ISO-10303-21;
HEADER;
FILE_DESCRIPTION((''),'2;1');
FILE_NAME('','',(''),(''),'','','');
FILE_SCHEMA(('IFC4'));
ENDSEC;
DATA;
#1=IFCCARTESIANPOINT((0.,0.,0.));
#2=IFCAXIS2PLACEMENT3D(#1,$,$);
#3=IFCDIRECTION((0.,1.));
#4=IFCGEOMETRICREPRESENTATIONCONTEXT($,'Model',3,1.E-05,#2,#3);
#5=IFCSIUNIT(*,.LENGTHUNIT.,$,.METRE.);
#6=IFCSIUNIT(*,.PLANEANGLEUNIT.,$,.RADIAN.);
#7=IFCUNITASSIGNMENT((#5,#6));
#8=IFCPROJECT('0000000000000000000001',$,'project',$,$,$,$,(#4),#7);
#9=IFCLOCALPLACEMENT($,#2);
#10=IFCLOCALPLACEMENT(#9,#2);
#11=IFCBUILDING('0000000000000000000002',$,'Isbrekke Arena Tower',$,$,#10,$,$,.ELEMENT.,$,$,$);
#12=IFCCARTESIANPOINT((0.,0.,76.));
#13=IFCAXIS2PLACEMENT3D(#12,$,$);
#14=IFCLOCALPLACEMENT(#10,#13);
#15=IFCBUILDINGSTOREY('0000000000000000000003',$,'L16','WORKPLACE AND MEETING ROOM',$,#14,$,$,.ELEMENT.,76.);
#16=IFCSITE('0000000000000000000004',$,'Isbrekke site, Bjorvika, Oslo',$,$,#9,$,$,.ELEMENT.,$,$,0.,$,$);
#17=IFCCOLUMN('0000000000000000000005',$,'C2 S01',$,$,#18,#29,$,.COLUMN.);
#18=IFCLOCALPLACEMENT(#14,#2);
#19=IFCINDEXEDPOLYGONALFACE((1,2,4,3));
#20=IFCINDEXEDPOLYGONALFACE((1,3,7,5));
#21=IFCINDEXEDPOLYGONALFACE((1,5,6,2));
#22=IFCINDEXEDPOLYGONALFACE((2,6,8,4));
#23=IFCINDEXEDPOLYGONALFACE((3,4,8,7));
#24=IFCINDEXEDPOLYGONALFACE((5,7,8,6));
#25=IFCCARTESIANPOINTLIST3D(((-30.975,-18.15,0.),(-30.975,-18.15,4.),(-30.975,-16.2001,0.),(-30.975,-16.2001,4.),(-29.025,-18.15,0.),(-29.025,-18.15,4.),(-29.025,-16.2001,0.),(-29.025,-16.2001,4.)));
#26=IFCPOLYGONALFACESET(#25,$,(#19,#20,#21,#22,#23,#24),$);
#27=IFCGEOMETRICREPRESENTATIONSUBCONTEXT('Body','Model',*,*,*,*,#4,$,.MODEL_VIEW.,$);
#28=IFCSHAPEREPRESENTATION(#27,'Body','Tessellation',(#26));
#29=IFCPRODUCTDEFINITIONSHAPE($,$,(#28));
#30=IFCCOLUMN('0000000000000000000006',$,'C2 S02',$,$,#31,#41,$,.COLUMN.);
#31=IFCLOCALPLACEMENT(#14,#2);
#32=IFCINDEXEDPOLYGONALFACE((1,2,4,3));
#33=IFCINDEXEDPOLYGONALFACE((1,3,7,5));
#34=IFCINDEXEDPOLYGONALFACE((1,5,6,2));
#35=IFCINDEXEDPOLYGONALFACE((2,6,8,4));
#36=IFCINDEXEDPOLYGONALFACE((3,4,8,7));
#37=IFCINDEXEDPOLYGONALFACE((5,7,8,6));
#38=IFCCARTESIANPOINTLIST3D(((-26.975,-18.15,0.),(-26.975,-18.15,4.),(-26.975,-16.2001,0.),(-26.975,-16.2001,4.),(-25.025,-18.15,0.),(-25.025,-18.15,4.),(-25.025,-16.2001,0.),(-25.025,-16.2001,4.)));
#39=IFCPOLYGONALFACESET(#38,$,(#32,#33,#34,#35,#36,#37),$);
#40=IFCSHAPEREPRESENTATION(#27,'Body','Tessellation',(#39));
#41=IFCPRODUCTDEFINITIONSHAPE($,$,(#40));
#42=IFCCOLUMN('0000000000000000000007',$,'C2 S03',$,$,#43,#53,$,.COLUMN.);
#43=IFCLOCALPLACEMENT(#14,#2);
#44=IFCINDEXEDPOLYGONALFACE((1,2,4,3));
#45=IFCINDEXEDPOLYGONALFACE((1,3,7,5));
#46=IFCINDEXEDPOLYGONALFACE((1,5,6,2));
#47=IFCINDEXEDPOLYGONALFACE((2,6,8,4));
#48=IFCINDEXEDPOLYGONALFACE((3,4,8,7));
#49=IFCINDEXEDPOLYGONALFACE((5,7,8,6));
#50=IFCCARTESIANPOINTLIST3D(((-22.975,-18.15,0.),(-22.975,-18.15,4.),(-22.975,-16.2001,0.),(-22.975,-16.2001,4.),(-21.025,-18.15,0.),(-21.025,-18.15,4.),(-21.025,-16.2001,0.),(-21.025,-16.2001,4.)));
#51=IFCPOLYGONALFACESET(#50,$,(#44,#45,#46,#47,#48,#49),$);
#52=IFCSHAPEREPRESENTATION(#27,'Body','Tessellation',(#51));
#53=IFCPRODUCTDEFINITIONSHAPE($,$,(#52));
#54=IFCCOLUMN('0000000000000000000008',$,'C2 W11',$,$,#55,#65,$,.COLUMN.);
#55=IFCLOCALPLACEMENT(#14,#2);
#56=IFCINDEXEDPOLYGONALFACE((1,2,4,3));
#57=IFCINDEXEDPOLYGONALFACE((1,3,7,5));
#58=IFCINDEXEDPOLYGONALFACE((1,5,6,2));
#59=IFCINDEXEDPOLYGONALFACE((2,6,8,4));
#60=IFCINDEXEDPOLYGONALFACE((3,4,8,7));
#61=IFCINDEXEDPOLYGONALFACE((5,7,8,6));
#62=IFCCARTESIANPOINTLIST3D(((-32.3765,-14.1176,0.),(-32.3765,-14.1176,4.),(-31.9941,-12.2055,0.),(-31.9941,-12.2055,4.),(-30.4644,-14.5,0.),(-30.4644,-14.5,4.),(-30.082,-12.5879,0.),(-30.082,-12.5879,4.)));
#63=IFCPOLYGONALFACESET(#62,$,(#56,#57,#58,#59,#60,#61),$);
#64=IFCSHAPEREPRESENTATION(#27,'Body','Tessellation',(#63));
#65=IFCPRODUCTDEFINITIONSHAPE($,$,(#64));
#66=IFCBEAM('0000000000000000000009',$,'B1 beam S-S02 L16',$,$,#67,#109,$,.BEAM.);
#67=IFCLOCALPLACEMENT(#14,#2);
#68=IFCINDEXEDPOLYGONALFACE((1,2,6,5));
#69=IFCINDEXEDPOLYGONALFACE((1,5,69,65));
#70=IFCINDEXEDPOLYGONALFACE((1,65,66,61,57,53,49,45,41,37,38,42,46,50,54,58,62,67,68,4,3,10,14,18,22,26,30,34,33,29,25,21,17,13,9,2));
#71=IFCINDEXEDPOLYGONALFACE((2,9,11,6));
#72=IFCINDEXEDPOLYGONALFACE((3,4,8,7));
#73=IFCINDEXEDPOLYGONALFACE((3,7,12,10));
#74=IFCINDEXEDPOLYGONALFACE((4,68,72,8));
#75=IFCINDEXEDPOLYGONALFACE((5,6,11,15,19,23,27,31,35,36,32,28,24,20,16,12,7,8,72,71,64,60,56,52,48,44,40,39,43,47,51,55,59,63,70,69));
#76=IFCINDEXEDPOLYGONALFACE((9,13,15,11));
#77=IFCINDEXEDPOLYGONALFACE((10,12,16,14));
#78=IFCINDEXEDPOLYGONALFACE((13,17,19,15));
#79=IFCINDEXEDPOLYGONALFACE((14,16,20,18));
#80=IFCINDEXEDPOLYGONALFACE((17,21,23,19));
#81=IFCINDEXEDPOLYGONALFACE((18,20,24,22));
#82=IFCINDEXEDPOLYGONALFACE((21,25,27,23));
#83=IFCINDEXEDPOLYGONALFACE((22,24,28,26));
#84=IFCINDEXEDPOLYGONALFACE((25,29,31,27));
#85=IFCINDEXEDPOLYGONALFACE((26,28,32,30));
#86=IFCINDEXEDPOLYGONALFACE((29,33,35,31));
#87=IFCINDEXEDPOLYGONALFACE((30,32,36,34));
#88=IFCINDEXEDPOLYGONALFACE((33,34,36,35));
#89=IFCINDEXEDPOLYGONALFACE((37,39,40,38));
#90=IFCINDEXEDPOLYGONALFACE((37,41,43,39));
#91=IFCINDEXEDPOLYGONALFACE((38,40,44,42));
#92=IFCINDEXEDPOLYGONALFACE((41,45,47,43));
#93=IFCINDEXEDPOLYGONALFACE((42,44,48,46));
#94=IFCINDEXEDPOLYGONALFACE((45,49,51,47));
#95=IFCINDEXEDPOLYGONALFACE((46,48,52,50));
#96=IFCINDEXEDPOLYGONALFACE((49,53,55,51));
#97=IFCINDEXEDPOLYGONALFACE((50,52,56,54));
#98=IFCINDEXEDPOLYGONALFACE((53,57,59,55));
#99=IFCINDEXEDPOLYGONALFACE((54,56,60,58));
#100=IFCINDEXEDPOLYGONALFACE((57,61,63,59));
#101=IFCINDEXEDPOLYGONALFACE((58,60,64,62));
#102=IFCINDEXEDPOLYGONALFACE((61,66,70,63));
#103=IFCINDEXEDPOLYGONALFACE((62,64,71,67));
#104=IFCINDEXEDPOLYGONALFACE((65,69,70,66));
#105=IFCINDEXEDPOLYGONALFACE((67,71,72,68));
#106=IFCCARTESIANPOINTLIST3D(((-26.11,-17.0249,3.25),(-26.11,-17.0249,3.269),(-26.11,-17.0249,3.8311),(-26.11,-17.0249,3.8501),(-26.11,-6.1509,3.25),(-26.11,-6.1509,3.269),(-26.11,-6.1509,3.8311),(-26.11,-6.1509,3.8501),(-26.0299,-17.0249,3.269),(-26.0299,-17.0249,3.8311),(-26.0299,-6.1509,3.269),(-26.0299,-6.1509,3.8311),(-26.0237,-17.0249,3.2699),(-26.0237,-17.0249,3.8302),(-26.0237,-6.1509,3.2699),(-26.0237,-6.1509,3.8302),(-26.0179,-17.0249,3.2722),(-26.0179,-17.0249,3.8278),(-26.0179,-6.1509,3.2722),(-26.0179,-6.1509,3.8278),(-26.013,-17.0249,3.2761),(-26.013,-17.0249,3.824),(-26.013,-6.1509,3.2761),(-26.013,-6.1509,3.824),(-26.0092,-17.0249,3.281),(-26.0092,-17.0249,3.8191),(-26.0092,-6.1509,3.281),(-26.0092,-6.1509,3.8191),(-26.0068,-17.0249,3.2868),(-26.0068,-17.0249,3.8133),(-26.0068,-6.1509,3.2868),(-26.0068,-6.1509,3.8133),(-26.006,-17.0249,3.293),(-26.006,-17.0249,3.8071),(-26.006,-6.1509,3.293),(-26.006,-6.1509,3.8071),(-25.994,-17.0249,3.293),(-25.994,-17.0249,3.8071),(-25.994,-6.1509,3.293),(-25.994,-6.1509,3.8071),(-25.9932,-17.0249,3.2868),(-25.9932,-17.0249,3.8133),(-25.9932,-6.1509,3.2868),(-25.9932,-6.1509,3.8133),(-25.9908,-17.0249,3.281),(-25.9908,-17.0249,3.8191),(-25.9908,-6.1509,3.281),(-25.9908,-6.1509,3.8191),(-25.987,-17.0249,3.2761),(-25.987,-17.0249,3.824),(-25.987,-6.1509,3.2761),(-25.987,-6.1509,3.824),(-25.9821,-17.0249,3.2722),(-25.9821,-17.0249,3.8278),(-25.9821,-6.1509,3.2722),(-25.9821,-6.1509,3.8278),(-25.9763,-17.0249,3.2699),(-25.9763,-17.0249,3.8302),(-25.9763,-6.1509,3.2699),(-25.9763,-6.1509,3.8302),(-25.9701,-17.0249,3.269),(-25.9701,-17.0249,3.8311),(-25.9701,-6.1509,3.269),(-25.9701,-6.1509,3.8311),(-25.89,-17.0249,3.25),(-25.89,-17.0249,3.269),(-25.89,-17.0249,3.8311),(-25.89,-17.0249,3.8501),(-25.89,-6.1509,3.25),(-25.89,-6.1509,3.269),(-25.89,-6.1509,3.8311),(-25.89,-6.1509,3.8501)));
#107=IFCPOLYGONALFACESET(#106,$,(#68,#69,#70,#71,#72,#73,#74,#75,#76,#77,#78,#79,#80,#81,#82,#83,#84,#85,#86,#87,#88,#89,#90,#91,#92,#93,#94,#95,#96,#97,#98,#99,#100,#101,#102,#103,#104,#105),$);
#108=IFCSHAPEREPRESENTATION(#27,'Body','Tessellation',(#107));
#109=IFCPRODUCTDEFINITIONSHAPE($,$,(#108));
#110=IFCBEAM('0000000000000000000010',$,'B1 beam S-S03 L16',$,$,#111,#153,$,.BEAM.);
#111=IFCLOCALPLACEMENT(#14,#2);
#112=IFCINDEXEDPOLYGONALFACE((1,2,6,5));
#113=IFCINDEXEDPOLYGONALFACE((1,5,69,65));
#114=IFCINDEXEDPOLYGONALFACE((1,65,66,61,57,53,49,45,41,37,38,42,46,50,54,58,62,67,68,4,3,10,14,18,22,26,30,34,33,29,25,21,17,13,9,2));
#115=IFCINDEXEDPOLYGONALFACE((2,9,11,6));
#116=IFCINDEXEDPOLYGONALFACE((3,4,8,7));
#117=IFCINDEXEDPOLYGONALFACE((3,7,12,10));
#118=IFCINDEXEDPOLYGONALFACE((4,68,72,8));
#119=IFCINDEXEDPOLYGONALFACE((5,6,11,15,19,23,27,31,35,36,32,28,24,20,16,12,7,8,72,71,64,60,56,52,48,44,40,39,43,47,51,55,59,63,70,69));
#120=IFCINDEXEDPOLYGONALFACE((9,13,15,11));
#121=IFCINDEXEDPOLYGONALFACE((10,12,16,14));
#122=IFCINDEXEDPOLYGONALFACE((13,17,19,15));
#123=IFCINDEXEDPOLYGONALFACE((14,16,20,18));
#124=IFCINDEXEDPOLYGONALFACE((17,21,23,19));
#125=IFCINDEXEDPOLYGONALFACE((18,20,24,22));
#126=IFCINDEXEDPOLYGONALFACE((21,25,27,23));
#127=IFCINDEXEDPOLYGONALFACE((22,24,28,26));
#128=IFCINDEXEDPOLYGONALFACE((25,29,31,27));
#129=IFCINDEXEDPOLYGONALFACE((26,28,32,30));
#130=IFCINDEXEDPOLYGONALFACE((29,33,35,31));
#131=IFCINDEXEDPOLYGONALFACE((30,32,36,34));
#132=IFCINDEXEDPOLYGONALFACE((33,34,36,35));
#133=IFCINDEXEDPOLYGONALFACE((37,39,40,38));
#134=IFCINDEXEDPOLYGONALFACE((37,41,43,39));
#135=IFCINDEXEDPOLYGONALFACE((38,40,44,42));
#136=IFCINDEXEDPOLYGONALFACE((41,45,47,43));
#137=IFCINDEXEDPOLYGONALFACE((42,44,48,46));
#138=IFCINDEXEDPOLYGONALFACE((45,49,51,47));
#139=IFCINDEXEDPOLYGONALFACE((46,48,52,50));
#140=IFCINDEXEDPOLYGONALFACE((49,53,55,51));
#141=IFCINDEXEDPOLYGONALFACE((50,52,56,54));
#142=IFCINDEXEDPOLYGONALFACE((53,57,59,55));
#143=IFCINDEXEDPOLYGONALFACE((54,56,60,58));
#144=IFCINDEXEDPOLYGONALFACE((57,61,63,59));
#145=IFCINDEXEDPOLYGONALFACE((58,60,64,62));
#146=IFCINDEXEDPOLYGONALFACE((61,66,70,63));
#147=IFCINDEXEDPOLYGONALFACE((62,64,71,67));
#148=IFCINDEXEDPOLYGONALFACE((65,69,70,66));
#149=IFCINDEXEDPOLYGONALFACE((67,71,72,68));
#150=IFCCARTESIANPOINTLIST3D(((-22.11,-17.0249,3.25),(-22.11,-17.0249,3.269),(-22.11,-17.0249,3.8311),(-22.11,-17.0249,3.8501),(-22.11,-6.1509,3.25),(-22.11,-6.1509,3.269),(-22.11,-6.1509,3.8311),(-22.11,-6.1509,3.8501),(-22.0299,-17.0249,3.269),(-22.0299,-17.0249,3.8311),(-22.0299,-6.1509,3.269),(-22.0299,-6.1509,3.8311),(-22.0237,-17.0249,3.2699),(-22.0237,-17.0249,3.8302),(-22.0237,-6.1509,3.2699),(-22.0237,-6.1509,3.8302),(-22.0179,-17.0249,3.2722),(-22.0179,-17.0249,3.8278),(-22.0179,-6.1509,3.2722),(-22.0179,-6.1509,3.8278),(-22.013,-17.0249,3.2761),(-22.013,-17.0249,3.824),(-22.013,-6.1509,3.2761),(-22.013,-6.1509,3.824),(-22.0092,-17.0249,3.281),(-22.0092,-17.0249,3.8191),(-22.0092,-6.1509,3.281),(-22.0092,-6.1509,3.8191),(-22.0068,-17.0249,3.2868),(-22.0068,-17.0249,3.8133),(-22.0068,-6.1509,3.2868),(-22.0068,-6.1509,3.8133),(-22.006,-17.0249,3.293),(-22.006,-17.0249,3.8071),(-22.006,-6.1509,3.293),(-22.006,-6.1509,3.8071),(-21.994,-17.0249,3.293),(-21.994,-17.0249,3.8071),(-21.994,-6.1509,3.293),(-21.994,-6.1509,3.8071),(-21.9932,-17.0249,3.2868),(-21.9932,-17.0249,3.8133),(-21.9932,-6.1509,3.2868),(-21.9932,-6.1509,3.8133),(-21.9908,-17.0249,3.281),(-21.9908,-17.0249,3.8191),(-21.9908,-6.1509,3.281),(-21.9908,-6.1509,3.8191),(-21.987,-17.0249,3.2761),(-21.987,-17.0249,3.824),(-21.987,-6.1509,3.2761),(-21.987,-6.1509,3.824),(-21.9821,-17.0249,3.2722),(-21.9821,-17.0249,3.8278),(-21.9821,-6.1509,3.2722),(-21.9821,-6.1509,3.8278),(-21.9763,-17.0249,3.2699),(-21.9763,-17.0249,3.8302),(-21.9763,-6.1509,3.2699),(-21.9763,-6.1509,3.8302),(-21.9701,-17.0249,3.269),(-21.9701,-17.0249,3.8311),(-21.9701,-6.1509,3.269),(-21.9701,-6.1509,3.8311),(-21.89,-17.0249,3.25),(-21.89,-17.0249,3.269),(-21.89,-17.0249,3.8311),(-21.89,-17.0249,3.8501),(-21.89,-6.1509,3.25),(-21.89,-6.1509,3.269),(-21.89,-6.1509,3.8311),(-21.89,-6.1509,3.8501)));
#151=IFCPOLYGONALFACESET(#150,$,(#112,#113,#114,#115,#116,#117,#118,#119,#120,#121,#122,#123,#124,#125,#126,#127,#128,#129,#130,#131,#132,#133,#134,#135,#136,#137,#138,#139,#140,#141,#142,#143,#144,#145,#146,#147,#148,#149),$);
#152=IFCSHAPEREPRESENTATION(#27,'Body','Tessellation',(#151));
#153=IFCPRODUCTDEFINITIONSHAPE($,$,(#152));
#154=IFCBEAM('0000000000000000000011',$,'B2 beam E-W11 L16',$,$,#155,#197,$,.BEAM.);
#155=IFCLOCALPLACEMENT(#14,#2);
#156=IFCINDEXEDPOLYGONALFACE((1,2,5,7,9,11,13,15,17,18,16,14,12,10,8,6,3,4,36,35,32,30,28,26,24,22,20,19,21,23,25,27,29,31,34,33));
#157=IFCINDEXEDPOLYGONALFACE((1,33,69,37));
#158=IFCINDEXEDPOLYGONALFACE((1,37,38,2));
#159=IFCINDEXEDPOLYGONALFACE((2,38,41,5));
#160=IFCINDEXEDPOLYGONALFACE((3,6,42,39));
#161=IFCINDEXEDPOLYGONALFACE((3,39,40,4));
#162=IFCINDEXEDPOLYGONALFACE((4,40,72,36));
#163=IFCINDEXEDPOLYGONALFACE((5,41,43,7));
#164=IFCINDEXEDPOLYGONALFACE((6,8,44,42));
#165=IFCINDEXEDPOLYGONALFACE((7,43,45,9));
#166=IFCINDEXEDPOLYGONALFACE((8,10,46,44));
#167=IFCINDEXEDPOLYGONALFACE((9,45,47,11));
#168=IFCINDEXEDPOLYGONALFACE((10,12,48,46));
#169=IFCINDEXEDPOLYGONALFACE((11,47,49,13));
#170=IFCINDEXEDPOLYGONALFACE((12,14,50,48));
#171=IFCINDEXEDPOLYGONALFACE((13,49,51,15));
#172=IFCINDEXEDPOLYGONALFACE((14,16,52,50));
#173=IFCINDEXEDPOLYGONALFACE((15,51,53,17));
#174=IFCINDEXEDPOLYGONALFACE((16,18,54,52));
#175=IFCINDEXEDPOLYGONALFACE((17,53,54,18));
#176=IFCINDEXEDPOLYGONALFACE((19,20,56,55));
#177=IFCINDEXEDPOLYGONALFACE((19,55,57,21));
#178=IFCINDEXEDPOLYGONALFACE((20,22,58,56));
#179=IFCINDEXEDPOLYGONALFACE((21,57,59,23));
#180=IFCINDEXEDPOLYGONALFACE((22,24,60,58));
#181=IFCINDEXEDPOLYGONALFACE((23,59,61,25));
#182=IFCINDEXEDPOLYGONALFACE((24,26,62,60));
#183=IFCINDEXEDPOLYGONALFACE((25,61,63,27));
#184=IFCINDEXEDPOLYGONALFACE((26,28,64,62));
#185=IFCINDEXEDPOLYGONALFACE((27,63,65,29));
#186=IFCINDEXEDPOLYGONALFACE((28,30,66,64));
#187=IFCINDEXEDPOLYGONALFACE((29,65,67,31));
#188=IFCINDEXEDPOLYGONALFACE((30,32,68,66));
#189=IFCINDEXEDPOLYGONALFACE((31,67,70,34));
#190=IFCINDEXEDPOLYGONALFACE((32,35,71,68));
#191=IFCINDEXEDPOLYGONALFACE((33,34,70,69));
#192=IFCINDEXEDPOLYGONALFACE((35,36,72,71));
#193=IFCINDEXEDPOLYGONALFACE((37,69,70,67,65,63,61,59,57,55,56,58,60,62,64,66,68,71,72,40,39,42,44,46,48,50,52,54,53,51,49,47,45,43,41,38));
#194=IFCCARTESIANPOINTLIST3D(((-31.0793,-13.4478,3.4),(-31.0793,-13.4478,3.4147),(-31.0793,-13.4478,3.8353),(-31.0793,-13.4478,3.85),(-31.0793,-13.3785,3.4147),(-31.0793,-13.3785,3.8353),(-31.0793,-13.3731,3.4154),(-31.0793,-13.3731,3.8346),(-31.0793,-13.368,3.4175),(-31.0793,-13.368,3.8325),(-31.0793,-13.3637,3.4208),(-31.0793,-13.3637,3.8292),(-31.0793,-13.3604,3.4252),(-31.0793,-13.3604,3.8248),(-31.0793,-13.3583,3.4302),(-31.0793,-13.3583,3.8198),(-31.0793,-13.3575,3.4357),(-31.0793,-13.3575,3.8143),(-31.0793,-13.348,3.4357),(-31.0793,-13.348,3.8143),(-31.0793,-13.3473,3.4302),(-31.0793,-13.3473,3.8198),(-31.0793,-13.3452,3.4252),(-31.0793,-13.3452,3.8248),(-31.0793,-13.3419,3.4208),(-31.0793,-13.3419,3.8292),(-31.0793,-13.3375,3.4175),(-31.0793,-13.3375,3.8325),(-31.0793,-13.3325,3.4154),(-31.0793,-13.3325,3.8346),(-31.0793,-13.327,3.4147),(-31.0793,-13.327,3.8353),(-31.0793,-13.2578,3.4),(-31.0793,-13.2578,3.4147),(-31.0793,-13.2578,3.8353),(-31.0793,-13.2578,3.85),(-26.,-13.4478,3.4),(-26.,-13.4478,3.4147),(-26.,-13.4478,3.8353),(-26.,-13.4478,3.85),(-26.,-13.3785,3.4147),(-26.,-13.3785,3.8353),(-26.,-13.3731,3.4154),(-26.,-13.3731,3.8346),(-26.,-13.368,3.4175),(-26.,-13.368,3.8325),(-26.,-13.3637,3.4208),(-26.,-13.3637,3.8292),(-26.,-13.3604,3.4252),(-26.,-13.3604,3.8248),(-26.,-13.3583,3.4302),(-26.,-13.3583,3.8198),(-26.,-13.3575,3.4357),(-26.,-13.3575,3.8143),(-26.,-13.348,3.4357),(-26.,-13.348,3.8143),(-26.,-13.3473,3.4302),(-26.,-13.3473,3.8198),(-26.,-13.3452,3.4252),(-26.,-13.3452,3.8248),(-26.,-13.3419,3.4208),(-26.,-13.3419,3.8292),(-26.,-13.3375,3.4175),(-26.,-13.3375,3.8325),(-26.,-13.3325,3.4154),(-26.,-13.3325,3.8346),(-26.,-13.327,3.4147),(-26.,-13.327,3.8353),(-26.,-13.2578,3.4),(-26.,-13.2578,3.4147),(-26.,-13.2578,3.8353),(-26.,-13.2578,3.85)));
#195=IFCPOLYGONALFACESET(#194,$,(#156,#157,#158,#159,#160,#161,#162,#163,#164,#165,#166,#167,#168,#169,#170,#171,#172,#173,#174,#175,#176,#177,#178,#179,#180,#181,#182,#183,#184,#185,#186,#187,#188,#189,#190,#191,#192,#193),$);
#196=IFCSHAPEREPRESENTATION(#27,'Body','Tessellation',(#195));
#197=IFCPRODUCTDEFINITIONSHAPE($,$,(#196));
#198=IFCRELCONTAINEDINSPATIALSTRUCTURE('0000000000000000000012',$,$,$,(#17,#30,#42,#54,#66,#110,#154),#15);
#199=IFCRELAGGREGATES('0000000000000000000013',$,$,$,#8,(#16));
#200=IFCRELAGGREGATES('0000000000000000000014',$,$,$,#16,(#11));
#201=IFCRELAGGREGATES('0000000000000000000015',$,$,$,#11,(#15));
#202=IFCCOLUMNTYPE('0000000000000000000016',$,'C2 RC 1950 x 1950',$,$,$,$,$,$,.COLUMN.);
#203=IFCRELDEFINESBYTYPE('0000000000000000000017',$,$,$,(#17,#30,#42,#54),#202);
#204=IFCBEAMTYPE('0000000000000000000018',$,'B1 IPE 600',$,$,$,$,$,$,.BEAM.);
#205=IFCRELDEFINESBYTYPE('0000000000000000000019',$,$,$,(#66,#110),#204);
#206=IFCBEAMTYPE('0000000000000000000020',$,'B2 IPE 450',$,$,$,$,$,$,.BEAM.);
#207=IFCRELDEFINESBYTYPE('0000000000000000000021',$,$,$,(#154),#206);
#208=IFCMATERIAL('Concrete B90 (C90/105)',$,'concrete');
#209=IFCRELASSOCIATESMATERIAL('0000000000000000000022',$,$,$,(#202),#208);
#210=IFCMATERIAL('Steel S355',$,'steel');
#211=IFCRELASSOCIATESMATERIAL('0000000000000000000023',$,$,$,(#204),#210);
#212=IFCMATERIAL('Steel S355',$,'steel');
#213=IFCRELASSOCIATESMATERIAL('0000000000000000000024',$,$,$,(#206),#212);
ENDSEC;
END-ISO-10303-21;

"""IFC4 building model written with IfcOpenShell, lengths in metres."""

from ifc_helpers import new_model, si_unit, direction, frame, origin, origin_2d, place, context, subcontext, project, spatial, rectangle, i_section, extrude, material, material_profile, profile_set, type_object, element, save


model = new_model("IFC4")

# Units and contexts
model_context = context("Model", 3, precision=1e-05, world=origin(), true_north=direction((0.0, 1.0)))
body_context = subcontext(model_context, "Body", "Model", "MODEL_VIEW")
ifc_project = project(units=[si_unit("LENGTHUNIT", "METRE"), si_unit("PLANEANGLEUNIT", "RADIAN")], contexts=[model_context])

# Site, building, storey
site_placement = place(None, origin())
site = spatial("IfcSite", under=ifc_project, at=site_placement, Name="Isbrekke site, Bjorvika, Oslo", CompositionType="ELEMENT", RefElevation=0.0)
building_placement = place(site_placement, origin())
building = spatial("IfcBuilding", under=site, at=building_placement, Name="Isbrekke Arena Tower", CompositionType="ELEMENT")
storey_placement = place(building_placement, frame((0.0, 0.0, 76.0)))
storey = spatial("IfcBuildingStorey", under=building, at=storey_placement, Name="L16", Description="WORKPLACE AND MEETING ROOM", CompositionType="ELEMENT", Elevation=76.0)

# Columns
ifc_material_1 = material(Name="Concrete B90 (C90/105)", Category="concrete")
ifc_material_profile_1 = material_profile(ifc_material_1, rectangle(XDim=1.95, YDim=1.95, at=origin_2d()), Name="RC 1950x1950")
ifc_profile_set_1 = profile_set([ifc_material_profile_1], Name="Concrete B90 (C90/105)")
column_type = type_object("IfcColumnType", Name="C2 RC 1950 x 1950", PredefinedType="COLUMN", material=ifc_profile_set_1)
for number, where, z_axis, x_axis, name in (
    (1, (-30.0, -17.175, 0.0), (0.0, 0.0, 1.0), (1.0, 0.0, 0.0), "C2 S01"),
    (2, (-26.0, -17.175, 0.0), (0.0, 0.0, 1.0), (1.0, 0.0, 0.0), "C2 S02"),
    (3, (-22.0, -17.175, 0.0), (0.0, 0.0, 1.0), (1.0, 0.0, 0.0), "C2 S03"),
    (4, (-31.2292, -13.3528, 0.0), (0.0, 0.0, 1.0), (-0.196116, -0.980581, 0.0), "C2 W11"),
):
    element("IfcColumn", number, at=place(storey_placement, frame(where, z_axis=z_axis, x_axis=x_axis)), inside=storey, type_object=column_type, Name=name, PredefinedType="COLUMN", context=body_context, shape_type="SweptSolid", body=[
        extrude(rectangle(XDim=1.95, YDim=1.95, at=origin_2d()), origin(), (0.0, 0.0, 1.0), 4.0),
    ])

# Beams
ifc_material_2 = material(Name="Steel S355", Category="steel")
ifc_material_profile_2 = material_profile(ifc_material_2, i_section(OverallWidth=0.22, OverallDepth=0.6001, WebThickness=0.012, FlangeThickness=0.019, FilletRadius=0.0239, at=origin_2d()), Name="IPE 600")
ifc_profile_set_2 = profile_set([ifc_material_profile_2], Name="Steel S355")
beam_type_1 = type_object("IfcBeamType", Name="B1 IPE 600", PredefinedType="BEAM", material=ifc_profile_set_2)
for number, where, z_axis, x_axis, name in (
    (5, (-26.0, -17.0249, 3.55), (0.0, 1.0, 0.0), (-1.0, 0.0, 0.0), "B1 beam S-S02 L16"),
    (6, (-22.0, -17.0249, 3.55), (0.0, 1.0, 0.0), (-1.0, 0.0, 0.0), "B1 beam S-S03 L16"),
):
    element("IfcBeam", number, at=place(storey_placement, frame(where, z_axis=z_axis, x_axis=x_axis)), inside=storey, type_object=beam_type_1, Name=name, PredefinedType="BEAM", context=body_context, shape_type="SweptSolid", body=[
        extrude(i_section(OverallWidth=0.22, OverallDepth=0.6001, WebThickness=0.012, FlangeThickness=0.019, FilletRadius=0.0239, at=origin_2d()), origin(), (0.0, 0.0, 1.0), 10.874),
    ])
ifc_material_3 = material(Name="Steel S355", Category="steel")
ifc_material_profile_3 = material_profile(ifc_material_3, i_section(OverallWidth=0.1899, OverallDepth=0.45, WebThickness=0.0095, FlangeThickness=0.0146, FilletRadius=0.021, at=origin_2d()), Name="IPE 450")
ifc_profile_set_3 = profile_set([ifc_material_profile_3], Name="Steel S355")
beam_type_2 = type_object("IfcBeamType", Name="B2 IPE 450", PredefinedType="BEAM", material=ifc_profile_set_3)
beam_1_placement = place(storey_placement, frame((-31.0793, -13.3528, 3.625), z_axis=(1.0, 0.0, 0.0), x_axis=(0.0, 1.0, 0.0)))
element("IfcBeam", 7, at=beam_1_placement, inside=storey, type_object=beam_type_2, Name="B2 beam E-W11 L16", PredefinedType="BEAM", context=body_context, shape_type="SweptSolid", body=[
    extrude(i_section(OverallWidth=0.1899, OverallDepth=0.45, WebThickness=0.0095, FlangeThickness=0.0146, FilletRadius=0.021, at=origin_2d()), origin(), (0.0, 0.0, 1.0), 5.0793),
])

save(model, "model.ifc")
